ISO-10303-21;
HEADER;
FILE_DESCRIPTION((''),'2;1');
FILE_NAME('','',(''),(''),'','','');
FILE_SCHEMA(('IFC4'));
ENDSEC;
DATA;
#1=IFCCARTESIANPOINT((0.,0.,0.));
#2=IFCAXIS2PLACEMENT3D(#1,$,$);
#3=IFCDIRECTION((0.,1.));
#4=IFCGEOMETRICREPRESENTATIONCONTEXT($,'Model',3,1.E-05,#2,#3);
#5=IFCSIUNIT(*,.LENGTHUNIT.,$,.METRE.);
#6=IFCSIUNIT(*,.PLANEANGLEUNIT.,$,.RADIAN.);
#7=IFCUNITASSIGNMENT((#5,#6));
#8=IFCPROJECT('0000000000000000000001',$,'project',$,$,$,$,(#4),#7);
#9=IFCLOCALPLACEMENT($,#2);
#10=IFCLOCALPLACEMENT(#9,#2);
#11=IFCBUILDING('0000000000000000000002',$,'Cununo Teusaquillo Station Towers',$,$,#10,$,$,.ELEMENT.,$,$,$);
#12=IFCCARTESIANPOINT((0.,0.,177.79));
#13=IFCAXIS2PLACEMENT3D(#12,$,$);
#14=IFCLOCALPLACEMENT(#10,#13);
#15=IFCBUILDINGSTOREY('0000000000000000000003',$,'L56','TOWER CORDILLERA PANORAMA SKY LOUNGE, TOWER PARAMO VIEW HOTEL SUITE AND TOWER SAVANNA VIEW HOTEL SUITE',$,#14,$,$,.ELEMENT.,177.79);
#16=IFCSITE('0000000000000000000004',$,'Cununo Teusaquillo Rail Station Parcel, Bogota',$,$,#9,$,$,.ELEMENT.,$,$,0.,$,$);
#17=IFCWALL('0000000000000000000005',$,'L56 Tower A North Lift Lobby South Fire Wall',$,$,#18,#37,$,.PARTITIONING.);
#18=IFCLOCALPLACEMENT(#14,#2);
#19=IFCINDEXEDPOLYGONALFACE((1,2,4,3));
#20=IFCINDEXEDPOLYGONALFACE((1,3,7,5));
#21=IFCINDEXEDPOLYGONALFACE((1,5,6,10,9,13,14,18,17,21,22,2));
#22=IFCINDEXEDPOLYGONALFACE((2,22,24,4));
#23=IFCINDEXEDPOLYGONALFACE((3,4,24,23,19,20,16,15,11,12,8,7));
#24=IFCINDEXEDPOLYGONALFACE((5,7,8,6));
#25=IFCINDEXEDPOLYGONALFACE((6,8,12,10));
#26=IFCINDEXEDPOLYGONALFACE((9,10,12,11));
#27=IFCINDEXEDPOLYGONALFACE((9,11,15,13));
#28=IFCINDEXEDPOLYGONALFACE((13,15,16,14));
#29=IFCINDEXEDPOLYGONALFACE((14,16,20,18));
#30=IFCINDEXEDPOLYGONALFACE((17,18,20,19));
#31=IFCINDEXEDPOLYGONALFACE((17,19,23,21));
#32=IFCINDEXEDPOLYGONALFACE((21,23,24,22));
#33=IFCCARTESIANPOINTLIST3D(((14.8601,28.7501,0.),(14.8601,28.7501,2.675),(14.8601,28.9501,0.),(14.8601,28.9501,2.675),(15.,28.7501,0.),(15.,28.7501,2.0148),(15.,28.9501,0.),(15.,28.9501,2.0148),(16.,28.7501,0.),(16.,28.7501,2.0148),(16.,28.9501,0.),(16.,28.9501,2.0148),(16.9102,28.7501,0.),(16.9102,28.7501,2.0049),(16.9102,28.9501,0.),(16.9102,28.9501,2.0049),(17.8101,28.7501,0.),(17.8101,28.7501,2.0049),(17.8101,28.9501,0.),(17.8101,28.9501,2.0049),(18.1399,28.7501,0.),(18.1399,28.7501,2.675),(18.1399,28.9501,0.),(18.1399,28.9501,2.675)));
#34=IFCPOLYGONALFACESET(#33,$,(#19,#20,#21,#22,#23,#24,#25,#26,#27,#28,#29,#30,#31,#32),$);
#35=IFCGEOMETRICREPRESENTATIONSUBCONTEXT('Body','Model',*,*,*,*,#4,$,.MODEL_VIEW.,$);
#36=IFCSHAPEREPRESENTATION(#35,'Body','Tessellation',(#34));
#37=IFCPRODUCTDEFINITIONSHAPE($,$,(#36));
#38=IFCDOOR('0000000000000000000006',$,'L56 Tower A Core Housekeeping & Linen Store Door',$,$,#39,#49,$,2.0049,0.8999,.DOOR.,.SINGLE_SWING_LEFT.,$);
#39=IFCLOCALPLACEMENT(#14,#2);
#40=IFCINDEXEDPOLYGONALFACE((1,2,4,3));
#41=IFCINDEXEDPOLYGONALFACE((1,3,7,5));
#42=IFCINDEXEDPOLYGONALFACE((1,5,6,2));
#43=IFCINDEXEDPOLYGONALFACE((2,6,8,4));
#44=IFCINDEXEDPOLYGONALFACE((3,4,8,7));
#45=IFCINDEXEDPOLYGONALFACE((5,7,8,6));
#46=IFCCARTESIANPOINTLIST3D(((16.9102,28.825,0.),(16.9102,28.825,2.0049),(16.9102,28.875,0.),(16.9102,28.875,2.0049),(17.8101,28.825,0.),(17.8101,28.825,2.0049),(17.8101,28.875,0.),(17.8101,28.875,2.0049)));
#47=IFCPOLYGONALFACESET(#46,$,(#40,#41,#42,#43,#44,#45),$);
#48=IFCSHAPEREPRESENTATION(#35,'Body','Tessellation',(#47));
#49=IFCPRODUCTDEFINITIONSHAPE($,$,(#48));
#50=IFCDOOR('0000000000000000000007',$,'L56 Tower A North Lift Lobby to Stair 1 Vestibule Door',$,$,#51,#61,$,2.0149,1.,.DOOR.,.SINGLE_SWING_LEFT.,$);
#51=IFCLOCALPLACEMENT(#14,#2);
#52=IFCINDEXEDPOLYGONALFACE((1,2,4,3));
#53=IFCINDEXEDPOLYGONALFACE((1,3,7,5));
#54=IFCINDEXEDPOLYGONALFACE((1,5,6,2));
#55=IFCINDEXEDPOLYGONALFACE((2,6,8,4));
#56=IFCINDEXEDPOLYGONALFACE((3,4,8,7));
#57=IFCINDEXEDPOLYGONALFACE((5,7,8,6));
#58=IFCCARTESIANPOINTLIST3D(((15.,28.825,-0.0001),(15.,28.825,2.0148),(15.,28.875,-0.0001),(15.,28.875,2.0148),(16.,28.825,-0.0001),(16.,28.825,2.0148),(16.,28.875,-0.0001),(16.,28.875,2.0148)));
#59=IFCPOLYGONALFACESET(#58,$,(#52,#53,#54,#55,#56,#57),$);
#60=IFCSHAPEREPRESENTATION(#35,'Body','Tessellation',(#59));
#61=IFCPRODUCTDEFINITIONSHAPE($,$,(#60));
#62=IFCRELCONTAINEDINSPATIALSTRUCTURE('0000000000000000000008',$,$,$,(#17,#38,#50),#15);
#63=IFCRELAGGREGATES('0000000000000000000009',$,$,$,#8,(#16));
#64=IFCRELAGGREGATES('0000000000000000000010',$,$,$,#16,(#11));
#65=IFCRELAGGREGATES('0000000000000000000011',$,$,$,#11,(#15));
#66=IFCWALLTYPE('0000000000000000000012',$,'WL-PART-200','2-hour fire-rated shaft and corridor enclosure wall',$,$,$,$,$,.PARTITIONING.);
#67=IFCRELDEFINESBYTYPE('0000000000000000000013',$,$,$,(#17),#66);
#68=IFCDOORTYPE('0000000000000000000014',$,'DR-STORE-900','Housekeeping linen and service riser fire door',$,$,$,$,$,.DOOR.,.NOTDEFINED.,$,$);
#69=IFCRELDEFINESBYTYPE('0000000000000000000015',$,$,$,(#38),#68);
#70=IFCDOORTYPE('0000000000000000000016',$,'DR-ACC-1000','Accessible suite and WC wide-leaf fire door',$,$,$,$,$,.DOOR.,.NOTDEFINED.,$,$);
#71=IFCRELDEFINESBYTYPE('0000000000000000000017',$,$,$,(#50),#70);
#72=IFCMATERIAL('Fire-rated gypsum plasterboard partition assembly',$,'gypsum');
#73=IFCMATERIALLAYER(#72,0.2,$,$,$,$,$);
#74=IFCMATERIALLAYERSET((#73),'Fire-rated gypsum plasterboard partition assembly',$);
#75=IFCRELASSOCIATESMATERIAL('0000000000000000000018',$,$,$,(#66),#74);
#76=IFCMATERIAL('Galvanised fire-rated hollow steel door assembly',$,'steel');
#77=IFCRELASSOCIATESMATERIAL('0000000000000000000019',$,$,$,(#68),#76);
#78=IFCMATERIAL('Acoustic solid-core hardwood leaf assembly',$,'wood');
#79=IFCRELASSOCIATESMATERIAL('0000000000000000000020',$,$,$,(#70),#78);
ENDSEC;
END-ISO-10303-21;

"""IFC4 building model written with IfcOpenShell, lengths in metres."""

from ifc_helpers import new_model, si_unit, direction, frame, frame_2d, origin, place, context, subcontext, project, spatial, rectangle, extrude, source, transform, mapped, material, layer, layer_set, type_object, element, fill, save


model = new_model("IFC4")

# Units and contexts
model_context = context("Model", 3, precision=1e-05, world=origin(), true_north=direction((0.0, 1.0)))
body_context = subcontext(model_context, "Body", "Model", "MODEL_VIEW")
ifc_project = project(units=[si_unit("LENGTHUNIT", "METRE"), si_unit("PLANEANGLEUNIT", "RADIAN")], contexts=[model_context])

# Site, building, storey
site_placement = place(None, origin())
site = spatial("IfcSite", under=ifc_project, at=site_placement, Name="Cununo Teusaquillo Rail Station Parcel, Bogota", CompositionType="ELEMENT", RefElevation=0.0)
building_placement = place(site_placement, origin())
building = spatial("IfcBuilding", under=site, at=building_placement, Name="Cununo Teusaquillo Station Towers", CompositionType="ELEMENT")
storey_placement = place(building_placement, frame((0.0, 0.0, 177.79)))
storey = spatial("IfcBuildingStorey", under=building, at=storey_placement, Name="L56", Description="TOWER CORDILLERA PANORAMA SKY LOUNGE, TOWER PARAMO VIEW HOTEL SUITE AND TOWER SAVANNA VIEW HOTEL SUITE", CompositionType="ELEMENT", Elevation=177.79)

# Shared definitions
shared_shape_1 = source(origin(), body_context, "Body", "SweptSolid", [
    extrude(rectangle(XDim=0.8999, YDim=2.0049, at=frame_2d((0.45, 1.0024))), frame((0.0, 0.0249, 0.0), z_axis=(0.0, -1.0, 0.0), x_axis=(1.0, 0.0, 0.0)), (0.0, 0.0, 1.0), 0.05),
])
ifc_material_1 = material(Name="Fire-rated gypsum plasterboard partition assembly", Category="gypsum")
ifc_layer_1 = layer(ifc_material_1, 0.2)
ifc_layer_set_1 = layer_set([ifc_layer_1], Name="Fire-rated gypsum plasterboard partition assembly")
wall_type_1 = type_object("IfcWallType", Name="WL-PART-200", Description="2-hour fire-rated shaft and corridor enclosure wall", PredefinedType="PARTITIONING", material=ifc_layer_set_1)
shared_shape_2 = source(origin(), body_context, "Body", "SweptSolid", [
    extrude(rectangle(XDim=0.8999, YDim=2.0049, at=frame_2d((0.45, 1.0024))), frame((0.0, 0.1099, 0.0), z_axis=(0.0, -1.0, 0.0), x_axis=(1.0, 0.0, 0.0)), (0.0, 0.0, 1.0), 0.22),
])
ifc_material_2 = material(Name="Galvanised fire-rated hollow steel door assembly", Category="steel")
door_type_1 = type_object("IfcDoorType", Name="DR-STORE-900", Description="Housekeeping linen and service riser fire door", OperationType="NOTDEFINED", PredefinedType="DOOR", material=ifc_material_2)

# Wall, openings, doors
wall_1_placement = place(storey_placement, frame((14.8601, 28.8501, 0.0), z_axis=(0.0, 0.0, 1.0), x_axis=(1.0, 0.0, 0.0)))
wall_1 = element("IfcWall", 1, at=wall_1_placement, inside=storey, type_object=wall_type_1, Name="L56 Tower A North Lift Lobby South Fire Wall", PredefinedType="PARTITIONING", context=body_context, shape_type="SweptSolid", body=[
    extrude(rectangle(XDim=3.2798, YDim=0.2, at=frame_2d((1.6399, 0.0))), origin(), (0.0, 0.0, 1.0), 2.675),
])
shared_shape_3 = source(origin(), body_context, "Body", "SweptSolid", [
    extrude(rectangle(XDim=1.0, YDim=2.0149, at=frame_2d((0.5, 1.0073))), frame((0.0, 0.1099, 0.0), z_axis=(0.0, -1.0, 0.0), x_axis=(1.0, 0.0, 0.0)), (0.0, 0.0, 1.0), 0.22),
])
opening_1_placement = place(wall_1_placement, frame((0.1399, 0.0, 0.0)))
opening_1 = element("IfcOpeningElement", 2, at=opening_1_placement, cuts=wall_1, PredefinedType="OPENING", context=body_context, shape_type="MappedRepresentation", body=[
    mapped(shared_shape_3, transform((0.0, 0.0, 0.0), x_axis=(1.0, 0.0, 0.0), y_axis=(0.0, 1.0, 0.0), z_axis=(0.0, 0.0, 1.0), scale=1.0)),
])
opening_2_placement = place(wall_1_placement, frame((2.05, 0.0, 0.0)))
opening_2 = element("IfcOpeningElement", 3, at=opening_2_placement, cuts=wall_1, PredefinedType="OPENING", context=body_context, shape_type="MappedRepresentation", body=[
    mapped(shared_shape_2, transform((0.0, 0.0, 0.0), x_axis=(1.0, 0.0, 0.0), y_axis=(0.0, 1.0, 0.0), z_axis=(0.0, 0.0, 1.0), scale=1.0)),
])
door_1_placement = place(opening_2_placement, origin())
door_1 = element("IfcDoor", 4, at=door_1_placement, inside=storey, type_object=door_type_1, Name="L56 Tower A Core Housekeeping & Linen Store Door", OperationType="SINGLE_SWING_LEFT", OverallHeight=2.0049, OverallWidth=0.8999, PredefinedType="DOOR", context=body_context, shape_type="MappedRepresentation", body=[
    mapped(shared_shape_1, transform((0.0, 0.0, 0.0), x_axis=(1.0, 0.0, 0.0), y_axis=(0.0, 1.0, 0.0), z_axis=(0.0, 0.0, 1.0), scale=1.0)),
])
fill(opening_2, door_1)
ifc_material_3 = material(Name="Acoustic solid-core hardwood leaf assembly", Category="wood")
door_type_2 = type_object("IfcDoorType", Name="DR-ACC-1000", Description="Accessible suite and WC wide-leaf fire door", OperationType="NOTDEFINED", PredefinedType="DOOR", material=ifc_material_3)
shared_shape_4 = source(origin(), body_context, "Body", "SweptSolid", [
    extrude(rectangle(XDim=1.0, YDim=2.0149, at=frame_2d((0.5, 1.0073))), frame((0.0, 0.0249, 0.0), z_axis=(0.0, -1.0, 0.0), x_axis=(1.0, 0.0, 0.0)), (0.0, 0.0, 1.0), 0.05),
])
door_2_placement = place(opening_1_placement, origin())
door_2 = element("IfcDoor", 5, at=door_2_placement, inside=storey, type_object=door_type_2, Name="L56 Tower A North Lift Lobby to Stair 1 Vestibule Door", OperationType="SINGLE_SWING_LEFT", OverallHeight=2.0149, OverallWidth=1.0, PredefinedType="DOOR", context=body_context, shape_type="MappedRepresentation", body=[
    mapped(shared_shape_4, transform((0.0, 0.0, 0.0), x_axis=(1.0, 0.0, 0.0), y_axis=(0.0, 1.0, 0.0), z_axis=(0.0, 0.0, 1.0), scale=1.0)),
])
fill(opening_1, door_2)

save(model, "model.ifc")
